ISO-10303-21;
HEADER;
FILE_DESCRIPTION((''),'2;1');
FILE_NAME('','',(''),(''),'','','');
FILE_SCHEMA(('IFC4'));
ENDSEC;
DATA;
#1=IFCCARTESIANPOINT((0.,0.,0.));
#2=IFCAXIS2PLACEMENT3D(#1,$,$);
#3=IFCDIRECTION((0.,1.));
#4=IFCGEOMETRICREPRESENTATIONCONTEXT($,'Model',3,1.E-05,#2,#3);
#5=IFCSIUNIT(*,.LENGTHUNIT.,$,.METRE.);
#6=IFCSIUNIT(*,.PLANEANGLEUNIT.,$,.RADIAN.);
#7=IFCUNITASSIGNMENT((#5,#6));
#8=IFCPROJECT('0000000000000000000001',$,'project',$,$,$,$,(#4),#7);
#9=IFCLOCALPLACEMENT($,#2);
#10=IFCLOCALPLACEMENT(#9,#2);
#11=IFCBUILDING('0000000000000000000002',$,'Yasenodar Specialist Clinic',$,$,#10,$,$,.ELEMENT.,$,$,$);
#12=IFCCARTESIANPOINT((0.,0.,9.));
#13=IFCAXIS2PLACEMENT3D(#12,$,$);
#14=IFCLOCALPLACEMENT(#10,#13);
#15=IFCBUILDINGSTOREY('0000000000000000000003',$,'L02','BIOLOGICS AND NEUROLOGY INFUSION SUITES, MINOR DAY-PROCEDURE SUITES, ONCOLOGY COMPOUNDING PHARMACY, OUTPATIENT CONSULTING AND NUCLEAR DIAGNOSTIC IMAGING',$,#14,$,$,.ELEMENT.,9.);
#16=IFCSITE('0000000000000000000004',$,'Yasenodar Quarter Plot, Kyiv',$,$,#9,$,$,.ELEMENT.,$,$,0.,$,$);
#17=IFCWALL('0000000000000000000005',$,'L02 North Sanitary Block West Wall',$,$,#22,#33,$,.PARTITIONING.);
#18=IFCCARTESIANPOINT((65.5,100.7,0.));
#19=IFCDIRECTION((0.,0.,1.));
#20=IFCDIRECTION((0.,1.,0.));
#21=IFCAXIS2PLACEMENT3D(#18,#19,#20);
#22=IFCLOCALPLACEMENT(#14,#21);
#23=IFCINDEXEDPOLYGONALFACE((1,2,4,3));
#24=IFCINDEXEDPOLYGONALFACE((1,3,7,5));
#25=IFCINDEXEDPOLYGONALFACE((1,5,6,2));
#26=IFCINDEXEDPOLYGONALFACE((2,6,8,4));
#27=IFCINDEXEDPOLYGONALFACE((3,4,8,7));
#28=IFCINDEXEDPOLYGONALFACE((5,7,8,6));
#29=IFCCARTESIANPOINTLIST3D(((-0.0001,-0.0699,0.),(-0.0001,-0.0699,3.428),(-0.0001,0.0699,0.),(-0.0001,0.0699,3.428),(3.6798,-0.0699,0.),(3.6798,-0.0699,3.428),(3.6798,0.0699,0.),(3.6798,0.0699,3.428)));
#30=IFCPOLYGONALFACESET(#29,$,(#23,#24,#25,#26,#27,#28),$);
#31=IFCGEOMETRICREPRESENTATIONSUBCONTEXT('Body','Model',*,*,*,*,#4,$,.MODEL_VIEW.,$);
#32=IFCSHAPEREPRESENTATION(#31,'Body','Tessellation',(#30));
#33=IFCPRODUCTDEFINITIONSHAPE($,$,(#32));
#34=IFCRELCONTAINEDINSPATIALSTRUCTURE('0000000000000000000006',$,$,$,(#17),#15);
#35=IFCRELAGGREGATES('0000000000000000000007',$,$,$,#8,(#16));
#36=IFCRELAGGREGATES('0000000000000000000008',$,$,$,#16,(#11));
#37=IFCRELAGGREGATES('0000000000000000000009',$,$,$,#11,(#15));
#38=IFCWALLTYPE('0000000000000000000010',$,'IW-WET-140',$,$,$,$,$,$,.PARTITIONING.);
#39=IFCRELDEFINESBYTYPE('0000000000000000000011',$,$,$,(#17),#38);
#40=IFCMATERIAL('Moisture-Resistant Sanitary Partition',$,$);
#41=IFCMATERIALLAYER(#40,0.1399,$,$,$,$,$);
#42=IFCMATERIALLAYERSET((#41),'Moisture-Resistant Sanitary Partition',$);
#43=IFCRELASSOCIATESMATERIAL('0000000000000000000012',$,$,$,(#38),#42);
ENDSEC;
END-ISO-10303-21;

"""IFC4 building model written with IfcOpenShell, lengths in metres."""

from ifc_helpers import new_model, si_unit, direction, frame, frame_2d, origin, place, context, subcontext, project, spatial, rectangle, extrude, material, layer, layer_set, type_object, element, save


model = new_model("IFC4")

# Units and contexts
model_context = context("Model", 3, precision=1e-05, world=origin(), true_north=direction((0.0, 1.0)))
body_context = subcontext(model_context, "Body", "Model", "MODEL_VIEW")
ifc_project = project(units=[si_unit("LENGTHUNIT", "METRE"), si_unit("PLANEANGLEUNIT", "RADIAN")], contexts=[model_context])

# Site, building, storey
site_placement = place(None, origin())
site = spatial("IfcSite", under=ifc_project, at=site_placement, Name="Yasenodar Quarter Plot, Kyiv", CompositionType="ELEMENT", RefElevation=0.0)
building_placement = place(site_placement, origin())
building = spatial("IfcBuilding", under=site, at=building_placement, Name="Yasenodar Specialist Clinic", CompositionType="ELEMENT")
storey_placement = place(building_placement, frame((0.0, 0.0, 9.0)))
storey = spatial("IfcBuildingStorey", under=building, at=storey_placement, Name="L02", Description="BIOLOGICS AND NEUROLOGY INFUSION SUITES, MINOR DAY-PROCEDURE SUITES, ONCOLOGY COMPOUNDING PHARMACY, OUTPATIENT CONSULTING AND NUCLEAR DIAGNOSTIC IMAGING", CompositionType="ELEMENT", Elevation=9.0)

# Wall
ifc_material_1 = material(Name="Moisture-Resistant Sanitary Partition")
ifc_layer_1 = layer(ifc_material_1, 0.1399)
ifc_layer_set_1 = layer_set([ifc_layer_1], Name="Moisture-Resistant Sanitary Partition")
wall_type_1 = type_object("IfcWallType", Name="IW-WET-140", PredefinedType="PARTITIONING", material=ifc_layer_set_1)
wall_1_placement = place(storey_placement, frame((65.5, 100.7, 0.0), z_axis=(0.0, 0.0, 1.0), x_axis=(0.0, 1.0, 0.0)))
element("IfcWall", 1, at=wall_1_placement, inside=storey, type_object=wall_type_1, Name="L02 North Sanitary Block West Wall", PredefinedType="PARTITIONING", context=body_context, shape_type="SweptSolid", body=[
    extrude(rectangle(XDim=3.6799, YDim=0.1399, at=frame_2d((1.8398, 0.0))), origin(), (0.0, 0.0, 1.0), 3.428),
])

save(model, "model.ifc")
